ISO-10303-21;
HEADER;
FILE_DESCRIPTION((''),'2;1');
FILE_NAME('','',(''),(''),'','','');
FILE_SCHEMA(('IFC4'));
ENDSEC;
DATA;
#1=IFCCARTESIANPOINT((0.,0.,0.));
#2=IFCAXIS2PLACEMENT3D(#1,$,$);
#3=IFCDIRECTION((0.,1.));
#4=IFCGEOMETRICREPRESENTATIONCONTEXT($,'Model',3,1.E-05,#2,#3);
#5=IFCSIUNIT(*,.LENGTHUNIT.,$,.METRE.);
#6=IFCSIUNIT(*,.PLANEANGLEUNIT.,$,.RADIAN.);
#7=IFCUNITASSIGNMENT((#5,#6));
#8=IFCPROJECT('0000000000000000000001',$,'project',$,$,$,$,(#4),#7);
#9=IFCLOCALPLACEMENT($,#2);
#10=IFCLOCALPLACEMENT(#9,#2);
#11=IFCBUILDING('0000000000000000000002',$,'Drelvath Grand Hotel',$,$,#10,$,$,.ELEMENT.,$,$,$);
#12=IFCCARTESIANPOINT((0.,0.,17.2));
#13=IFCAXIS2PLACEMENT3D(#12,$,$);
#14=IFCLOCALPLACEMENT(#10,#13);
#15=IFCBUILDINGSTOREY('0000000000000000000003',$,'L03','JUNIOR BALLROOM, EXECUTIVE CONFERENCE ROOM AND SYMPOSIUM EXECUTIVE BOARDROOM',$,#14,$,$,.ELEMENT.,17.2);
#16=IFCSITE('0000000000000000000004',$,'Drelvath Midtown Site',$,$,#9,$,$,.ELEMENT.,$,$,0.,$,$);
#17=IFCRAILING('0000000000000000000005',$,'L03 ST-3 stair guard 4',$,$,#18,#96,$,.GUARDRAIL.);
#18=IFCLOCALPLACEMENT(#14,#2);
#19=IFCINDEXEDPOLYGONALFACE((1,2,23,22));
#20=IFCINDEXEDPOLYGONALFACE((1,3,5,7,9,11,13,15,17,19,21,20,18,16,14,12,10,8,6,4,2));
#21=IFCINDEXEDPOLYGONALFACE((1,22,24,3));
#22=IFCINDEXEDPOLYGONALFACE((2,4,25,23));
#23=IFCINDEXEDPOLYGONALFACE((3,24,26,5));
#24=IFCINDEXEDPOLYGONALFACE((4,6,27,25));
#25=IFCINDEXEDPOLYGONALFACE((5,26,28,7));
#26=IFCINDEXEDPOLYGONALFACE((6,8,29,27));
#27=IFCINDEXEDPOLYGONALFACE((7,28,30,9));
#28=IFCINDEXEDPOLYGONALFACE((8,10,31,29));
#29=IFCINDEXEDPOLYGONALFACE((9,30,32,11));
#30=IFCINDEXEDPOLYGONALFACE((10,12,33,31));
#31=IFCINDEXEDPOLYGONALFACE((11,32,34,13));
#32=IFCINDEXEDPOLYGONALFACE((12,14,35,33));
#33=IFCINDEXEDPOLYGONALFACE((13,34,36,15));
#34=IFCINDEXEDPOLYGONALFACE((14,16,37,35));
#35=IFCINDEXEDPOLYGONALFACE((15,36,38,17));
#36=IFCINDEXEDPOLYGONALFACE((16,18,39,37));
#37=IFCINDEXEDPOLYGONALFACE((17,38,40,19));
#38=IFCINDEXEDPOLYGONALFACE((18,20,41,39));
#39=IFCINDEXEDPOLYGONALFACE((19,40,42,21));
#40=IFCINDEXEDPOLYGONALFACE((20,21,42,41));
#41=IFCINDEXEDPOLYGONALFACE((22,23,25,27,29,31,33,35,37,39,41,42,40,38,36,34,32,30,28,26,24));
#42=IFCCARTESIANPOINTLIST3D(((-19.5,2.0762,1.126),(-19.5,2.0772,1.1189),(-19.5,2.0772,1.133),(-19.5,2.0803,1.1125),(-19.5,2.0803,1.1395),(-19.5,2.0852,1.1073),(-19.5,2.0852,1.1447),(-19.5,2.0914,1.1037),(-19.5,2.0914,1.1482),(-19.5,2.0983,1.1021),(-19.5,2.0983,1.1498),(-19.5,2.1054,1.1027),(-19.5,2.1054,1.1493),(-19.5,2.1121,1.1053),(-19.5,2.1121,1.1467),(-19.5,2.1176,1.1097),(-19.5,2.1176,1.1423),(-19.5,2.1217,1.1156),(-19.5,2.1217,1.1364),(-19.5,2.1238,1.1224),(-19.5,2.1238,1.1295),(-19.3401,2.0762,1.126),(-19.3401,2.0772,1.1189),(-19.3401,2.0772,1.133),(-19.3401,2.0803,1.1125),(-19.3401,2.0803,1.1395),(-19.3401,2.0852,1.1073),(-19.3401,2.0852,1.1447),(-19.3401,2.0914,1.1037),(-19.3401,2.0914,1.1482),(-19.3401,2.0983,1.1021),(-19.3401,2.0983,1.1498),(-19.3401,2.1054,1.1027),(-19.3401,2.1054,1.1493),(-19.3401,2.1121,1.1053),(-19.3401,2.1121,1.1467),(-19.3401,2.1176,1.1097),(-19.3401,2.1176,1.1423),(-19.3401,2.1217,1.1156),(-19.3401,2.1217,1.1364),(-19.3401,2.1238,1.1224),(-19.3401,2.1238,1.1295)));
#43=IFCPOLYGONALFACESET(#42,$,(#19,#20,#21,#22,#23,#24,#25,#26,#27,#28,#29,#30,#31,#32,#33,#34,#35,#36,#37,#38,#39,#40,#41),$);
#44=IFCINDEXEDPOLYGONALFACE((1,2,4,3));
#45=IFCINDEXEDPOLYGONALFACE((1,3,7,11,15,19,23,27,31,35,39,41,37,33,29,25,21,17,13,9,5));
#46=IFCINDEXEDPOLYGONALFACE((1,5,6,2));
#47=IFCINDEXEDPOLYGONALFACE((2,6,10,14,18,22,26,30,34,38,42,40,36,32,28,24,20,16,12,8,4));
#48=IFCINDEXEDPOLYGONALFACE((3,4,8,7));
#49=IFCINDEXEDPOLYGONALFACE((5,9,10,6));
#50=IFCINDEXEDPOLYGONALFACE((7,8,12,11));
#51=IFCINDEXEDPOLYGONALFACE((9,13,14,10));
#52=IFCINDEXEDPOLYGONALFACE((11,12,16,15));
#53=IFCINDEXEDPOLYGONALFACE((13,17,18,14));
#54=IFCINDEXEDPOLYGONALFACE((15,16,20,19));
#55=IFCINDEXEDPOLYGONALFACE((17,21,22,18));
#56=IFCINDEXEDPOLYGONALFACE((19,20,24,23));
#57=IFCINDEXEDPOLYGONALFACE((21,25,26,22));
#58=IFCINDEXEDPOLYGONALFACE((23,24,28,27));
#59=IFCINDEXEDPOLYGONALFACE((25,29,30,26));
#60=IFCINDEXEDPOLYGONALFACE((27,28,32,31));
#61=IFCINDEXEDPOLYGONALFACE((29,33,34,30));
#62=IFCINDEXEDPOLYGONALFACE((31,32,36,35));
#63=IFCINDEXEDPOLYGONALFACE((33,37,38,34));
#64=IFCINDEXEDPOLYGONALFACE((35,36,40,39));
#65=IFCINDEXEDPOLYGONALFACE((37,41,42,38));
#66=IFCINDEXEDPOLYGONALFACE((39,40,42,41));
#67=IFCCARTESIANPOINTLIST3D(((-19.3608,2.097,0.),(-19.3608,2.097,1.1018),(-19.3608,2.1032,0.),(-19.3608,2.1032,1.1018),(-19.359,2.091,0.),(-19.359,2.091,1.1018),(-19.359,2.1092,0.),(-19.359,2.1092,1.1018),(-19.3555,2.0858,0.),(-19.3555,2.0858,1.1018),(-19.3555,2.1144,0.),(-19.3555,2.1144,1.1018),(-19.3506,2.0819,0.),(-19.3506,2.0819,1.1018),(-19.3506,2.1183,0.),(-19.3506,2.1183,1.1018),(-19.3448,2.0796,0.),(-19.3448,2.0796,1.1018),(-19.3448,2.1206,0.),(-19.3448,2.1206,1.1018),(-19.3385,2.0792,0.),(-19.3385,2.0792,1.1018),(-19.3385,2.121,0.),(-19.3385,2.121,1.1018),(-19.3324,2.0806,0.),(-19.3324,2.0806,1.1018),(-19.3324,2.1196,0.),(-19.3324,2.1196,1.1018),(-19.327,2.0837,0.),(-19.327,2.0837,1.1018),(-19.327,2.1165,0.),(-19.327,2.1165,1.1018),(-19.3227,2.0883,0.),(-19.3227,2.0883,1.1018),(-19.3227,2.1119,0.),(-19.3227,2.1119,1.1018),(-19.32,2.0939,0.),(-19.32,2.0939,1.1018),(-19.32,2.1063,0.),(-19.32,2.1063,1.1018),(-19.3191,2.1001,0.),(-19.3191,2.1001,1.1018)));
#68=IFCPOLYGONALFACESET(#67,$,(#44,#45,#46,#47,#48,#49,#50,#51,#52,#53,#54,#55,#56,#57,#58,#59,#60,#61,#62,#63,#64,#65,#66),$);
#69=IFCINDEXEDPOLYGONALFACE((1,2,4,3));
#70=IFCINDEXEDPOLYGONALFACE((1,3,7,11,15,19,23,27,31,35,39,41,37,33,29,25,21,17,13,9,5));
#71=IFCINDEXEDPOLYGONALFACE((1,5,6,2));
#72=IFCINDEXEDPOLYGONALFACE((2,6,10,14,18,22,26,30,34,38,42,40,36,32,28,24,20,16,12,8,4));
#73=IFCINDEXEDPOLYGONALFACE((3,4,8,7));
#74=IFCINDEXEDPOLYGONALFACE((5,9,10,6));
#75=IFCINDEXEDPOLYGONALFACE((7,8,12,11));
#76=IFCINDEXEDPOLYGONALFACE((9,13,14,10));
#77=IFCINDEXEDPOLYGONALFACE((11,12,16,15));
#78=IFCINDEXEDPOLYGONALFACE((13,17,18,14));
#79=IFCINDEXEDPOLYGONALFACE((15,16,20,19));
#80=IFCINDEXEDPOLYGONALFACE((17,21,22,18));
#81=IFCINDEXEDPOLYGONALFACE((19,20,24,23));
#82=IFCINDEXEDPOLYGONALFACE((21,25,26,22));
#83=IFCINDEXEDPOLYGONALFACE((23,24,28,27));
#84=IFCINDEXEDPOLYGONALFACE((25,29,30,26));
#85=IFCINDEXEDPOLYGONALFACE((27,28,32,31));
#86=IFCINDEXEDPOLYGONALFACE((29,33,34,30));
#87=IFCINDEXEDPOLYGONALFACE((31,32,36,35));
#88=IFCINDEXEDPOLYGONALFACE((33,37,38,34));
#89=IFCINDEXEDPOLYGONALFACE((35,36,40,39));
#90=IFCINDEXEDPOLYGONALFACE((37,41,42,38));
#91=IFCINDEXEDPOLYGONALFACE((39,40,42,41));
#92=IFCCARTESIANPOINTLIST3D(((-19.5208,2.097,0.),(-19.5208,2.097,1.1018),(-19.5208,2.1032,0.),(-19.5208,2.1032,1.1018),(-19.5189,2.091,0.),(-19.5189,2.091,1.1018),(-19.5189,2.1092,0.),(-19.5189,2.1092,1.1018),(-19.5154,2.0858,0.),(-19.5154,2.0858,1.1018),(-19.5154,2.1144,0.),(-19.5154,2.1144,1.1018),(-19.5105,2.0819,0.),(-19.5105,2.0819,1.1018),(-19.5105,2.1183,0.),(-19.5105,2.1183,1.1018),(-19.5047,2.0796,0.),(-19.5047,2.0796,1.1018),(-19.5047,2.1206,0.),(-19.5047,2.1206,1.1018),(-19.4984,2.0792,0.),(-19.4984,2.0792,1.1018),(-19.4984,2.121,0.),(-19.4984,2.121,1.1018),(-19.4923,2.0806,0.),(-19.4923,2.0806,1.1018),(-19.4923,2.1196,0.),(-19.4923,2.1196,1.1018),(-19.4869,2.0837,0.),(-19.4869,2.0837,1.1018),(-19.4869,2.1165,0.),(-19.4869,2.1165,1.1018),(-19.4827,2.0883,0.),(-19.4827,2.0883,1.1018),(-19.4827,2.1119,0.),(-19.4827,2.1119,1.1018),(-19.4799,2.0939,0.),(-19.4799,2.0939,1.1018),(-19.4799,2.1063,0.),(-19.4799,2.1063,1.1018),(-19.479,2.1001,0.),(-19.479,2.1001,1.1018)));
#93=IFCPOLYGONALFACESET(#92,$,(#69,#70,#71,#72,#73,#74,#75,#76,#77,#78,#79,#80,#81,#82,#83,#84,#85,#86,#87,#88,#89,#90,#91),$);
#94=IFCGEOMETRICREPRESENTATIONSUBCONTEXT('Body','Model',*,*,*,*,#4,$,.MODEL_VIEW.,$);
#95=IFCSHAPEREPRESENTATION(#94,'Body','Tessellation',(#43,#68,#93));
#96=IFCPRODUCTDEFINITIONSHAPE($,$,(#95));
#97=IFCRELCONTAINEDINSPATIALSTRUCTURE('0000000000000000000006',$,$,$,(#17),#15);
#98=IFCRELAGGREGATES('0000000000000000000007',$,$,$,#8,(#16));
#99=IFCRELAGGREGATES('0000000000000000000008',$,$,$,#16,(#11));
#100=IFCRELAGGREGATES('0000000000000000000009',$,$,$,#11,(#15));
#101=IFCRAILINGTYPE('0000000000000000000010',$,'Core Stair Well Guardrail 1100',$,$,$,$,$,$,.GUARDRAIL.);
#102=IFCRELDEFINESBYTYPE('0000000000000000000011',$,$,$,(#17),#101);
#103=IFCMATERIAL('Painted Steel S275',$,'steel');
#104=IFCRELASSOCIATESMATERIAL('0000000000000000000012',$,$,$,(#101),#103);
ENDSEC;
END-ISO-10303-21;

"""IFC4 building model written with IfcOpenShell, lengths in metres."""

from ifc_helpers import new_model, si_unit, direction, frame, origin, origin_2d, place, context, subcontext, project, spatial, circle, extrude, material, type_object, element, save


model = new_model("IFC4")

# Units and contexts
model_context = context("Model", 3, precision=1e-05, world=origin(), true_north=direction((0.0, 1.0)))
body_context = subcontext(model_context, "Body", "Model", "MODEL_VIEW")
ifc_project = project(units=[si_unit("LENGTHUNIT", "METRE"), si_unit("PLANEANGLEUNIT", "RADIAN")], contexts=[model_context])

# Site, building, storey
site_placement = place(None, origin())
site = spatial("IfcSite", under=ifc_project, at=site_placement, Name="Drelvath Midtown Site", CompositionType="ELEMENT", RefElevation=0.0)
building_placement = place(site_placement, origin())
building = spatial("IfcBuilding", under=site, at=building_placement, Name="Drelvath Grand Hotel", CompositionType="ELEMENT")
storey_placement = place(building_placement, frame((0.0, 0.0, 17.2)))
storey = spatial("IfcBuildingStorey", under=building, at=storey_placement, Name="L03", Description="JUNIOR BALLROOM, EXECUTIVE CONFERENCE ROOM AND SYMPOSIUM EXECUTIVE BOARDROOM", CompositionType="ELEMENT", Elevation=17.2)

# Shared definitions
ifc_material_1 = material(Name="Painted Steel S275", Category="steel")

# Railing
railing_type_1 = type_object("IfcRailingType", Name="Core Stair Well Guardrail 1100", PredefinedType="GUARDRAIL", material=ifc_material_1)
railing_1_placement = place(storey_placement, frame((-19.3401, 2.1001, 0.0)))
element("IfcRailing", 1, at=railing_1_placement, inside=storey, type_object=railing_type_1, Name="L03 ST-3 stair guard 4", PredefinedType="GUARDRAIL", context=body_context, shape_type="SweptSolid", body=[
    extrude(circle(Radius=0.0239, at=origin_2d()), frame((0.0, 0.0, 1.126), z_axis=(-1.0, 0.0, 0.0), x_axis=(0.0, -1.0, 0.0)), (0.0, 0.0, 1.0), 0.1599),
    extrude(circle(Radius=0.021, at=origin_2d()), origin(), (0.0, 0.0, 1.0), 1.1018),
    extrude(circle(Radius=0.021, at=origin_2d()), frame((-0.1599, 0.0, 0.0)), (0.0, 0.0, 1.0), 1.1018),
])

save(model, "model.ifc")
